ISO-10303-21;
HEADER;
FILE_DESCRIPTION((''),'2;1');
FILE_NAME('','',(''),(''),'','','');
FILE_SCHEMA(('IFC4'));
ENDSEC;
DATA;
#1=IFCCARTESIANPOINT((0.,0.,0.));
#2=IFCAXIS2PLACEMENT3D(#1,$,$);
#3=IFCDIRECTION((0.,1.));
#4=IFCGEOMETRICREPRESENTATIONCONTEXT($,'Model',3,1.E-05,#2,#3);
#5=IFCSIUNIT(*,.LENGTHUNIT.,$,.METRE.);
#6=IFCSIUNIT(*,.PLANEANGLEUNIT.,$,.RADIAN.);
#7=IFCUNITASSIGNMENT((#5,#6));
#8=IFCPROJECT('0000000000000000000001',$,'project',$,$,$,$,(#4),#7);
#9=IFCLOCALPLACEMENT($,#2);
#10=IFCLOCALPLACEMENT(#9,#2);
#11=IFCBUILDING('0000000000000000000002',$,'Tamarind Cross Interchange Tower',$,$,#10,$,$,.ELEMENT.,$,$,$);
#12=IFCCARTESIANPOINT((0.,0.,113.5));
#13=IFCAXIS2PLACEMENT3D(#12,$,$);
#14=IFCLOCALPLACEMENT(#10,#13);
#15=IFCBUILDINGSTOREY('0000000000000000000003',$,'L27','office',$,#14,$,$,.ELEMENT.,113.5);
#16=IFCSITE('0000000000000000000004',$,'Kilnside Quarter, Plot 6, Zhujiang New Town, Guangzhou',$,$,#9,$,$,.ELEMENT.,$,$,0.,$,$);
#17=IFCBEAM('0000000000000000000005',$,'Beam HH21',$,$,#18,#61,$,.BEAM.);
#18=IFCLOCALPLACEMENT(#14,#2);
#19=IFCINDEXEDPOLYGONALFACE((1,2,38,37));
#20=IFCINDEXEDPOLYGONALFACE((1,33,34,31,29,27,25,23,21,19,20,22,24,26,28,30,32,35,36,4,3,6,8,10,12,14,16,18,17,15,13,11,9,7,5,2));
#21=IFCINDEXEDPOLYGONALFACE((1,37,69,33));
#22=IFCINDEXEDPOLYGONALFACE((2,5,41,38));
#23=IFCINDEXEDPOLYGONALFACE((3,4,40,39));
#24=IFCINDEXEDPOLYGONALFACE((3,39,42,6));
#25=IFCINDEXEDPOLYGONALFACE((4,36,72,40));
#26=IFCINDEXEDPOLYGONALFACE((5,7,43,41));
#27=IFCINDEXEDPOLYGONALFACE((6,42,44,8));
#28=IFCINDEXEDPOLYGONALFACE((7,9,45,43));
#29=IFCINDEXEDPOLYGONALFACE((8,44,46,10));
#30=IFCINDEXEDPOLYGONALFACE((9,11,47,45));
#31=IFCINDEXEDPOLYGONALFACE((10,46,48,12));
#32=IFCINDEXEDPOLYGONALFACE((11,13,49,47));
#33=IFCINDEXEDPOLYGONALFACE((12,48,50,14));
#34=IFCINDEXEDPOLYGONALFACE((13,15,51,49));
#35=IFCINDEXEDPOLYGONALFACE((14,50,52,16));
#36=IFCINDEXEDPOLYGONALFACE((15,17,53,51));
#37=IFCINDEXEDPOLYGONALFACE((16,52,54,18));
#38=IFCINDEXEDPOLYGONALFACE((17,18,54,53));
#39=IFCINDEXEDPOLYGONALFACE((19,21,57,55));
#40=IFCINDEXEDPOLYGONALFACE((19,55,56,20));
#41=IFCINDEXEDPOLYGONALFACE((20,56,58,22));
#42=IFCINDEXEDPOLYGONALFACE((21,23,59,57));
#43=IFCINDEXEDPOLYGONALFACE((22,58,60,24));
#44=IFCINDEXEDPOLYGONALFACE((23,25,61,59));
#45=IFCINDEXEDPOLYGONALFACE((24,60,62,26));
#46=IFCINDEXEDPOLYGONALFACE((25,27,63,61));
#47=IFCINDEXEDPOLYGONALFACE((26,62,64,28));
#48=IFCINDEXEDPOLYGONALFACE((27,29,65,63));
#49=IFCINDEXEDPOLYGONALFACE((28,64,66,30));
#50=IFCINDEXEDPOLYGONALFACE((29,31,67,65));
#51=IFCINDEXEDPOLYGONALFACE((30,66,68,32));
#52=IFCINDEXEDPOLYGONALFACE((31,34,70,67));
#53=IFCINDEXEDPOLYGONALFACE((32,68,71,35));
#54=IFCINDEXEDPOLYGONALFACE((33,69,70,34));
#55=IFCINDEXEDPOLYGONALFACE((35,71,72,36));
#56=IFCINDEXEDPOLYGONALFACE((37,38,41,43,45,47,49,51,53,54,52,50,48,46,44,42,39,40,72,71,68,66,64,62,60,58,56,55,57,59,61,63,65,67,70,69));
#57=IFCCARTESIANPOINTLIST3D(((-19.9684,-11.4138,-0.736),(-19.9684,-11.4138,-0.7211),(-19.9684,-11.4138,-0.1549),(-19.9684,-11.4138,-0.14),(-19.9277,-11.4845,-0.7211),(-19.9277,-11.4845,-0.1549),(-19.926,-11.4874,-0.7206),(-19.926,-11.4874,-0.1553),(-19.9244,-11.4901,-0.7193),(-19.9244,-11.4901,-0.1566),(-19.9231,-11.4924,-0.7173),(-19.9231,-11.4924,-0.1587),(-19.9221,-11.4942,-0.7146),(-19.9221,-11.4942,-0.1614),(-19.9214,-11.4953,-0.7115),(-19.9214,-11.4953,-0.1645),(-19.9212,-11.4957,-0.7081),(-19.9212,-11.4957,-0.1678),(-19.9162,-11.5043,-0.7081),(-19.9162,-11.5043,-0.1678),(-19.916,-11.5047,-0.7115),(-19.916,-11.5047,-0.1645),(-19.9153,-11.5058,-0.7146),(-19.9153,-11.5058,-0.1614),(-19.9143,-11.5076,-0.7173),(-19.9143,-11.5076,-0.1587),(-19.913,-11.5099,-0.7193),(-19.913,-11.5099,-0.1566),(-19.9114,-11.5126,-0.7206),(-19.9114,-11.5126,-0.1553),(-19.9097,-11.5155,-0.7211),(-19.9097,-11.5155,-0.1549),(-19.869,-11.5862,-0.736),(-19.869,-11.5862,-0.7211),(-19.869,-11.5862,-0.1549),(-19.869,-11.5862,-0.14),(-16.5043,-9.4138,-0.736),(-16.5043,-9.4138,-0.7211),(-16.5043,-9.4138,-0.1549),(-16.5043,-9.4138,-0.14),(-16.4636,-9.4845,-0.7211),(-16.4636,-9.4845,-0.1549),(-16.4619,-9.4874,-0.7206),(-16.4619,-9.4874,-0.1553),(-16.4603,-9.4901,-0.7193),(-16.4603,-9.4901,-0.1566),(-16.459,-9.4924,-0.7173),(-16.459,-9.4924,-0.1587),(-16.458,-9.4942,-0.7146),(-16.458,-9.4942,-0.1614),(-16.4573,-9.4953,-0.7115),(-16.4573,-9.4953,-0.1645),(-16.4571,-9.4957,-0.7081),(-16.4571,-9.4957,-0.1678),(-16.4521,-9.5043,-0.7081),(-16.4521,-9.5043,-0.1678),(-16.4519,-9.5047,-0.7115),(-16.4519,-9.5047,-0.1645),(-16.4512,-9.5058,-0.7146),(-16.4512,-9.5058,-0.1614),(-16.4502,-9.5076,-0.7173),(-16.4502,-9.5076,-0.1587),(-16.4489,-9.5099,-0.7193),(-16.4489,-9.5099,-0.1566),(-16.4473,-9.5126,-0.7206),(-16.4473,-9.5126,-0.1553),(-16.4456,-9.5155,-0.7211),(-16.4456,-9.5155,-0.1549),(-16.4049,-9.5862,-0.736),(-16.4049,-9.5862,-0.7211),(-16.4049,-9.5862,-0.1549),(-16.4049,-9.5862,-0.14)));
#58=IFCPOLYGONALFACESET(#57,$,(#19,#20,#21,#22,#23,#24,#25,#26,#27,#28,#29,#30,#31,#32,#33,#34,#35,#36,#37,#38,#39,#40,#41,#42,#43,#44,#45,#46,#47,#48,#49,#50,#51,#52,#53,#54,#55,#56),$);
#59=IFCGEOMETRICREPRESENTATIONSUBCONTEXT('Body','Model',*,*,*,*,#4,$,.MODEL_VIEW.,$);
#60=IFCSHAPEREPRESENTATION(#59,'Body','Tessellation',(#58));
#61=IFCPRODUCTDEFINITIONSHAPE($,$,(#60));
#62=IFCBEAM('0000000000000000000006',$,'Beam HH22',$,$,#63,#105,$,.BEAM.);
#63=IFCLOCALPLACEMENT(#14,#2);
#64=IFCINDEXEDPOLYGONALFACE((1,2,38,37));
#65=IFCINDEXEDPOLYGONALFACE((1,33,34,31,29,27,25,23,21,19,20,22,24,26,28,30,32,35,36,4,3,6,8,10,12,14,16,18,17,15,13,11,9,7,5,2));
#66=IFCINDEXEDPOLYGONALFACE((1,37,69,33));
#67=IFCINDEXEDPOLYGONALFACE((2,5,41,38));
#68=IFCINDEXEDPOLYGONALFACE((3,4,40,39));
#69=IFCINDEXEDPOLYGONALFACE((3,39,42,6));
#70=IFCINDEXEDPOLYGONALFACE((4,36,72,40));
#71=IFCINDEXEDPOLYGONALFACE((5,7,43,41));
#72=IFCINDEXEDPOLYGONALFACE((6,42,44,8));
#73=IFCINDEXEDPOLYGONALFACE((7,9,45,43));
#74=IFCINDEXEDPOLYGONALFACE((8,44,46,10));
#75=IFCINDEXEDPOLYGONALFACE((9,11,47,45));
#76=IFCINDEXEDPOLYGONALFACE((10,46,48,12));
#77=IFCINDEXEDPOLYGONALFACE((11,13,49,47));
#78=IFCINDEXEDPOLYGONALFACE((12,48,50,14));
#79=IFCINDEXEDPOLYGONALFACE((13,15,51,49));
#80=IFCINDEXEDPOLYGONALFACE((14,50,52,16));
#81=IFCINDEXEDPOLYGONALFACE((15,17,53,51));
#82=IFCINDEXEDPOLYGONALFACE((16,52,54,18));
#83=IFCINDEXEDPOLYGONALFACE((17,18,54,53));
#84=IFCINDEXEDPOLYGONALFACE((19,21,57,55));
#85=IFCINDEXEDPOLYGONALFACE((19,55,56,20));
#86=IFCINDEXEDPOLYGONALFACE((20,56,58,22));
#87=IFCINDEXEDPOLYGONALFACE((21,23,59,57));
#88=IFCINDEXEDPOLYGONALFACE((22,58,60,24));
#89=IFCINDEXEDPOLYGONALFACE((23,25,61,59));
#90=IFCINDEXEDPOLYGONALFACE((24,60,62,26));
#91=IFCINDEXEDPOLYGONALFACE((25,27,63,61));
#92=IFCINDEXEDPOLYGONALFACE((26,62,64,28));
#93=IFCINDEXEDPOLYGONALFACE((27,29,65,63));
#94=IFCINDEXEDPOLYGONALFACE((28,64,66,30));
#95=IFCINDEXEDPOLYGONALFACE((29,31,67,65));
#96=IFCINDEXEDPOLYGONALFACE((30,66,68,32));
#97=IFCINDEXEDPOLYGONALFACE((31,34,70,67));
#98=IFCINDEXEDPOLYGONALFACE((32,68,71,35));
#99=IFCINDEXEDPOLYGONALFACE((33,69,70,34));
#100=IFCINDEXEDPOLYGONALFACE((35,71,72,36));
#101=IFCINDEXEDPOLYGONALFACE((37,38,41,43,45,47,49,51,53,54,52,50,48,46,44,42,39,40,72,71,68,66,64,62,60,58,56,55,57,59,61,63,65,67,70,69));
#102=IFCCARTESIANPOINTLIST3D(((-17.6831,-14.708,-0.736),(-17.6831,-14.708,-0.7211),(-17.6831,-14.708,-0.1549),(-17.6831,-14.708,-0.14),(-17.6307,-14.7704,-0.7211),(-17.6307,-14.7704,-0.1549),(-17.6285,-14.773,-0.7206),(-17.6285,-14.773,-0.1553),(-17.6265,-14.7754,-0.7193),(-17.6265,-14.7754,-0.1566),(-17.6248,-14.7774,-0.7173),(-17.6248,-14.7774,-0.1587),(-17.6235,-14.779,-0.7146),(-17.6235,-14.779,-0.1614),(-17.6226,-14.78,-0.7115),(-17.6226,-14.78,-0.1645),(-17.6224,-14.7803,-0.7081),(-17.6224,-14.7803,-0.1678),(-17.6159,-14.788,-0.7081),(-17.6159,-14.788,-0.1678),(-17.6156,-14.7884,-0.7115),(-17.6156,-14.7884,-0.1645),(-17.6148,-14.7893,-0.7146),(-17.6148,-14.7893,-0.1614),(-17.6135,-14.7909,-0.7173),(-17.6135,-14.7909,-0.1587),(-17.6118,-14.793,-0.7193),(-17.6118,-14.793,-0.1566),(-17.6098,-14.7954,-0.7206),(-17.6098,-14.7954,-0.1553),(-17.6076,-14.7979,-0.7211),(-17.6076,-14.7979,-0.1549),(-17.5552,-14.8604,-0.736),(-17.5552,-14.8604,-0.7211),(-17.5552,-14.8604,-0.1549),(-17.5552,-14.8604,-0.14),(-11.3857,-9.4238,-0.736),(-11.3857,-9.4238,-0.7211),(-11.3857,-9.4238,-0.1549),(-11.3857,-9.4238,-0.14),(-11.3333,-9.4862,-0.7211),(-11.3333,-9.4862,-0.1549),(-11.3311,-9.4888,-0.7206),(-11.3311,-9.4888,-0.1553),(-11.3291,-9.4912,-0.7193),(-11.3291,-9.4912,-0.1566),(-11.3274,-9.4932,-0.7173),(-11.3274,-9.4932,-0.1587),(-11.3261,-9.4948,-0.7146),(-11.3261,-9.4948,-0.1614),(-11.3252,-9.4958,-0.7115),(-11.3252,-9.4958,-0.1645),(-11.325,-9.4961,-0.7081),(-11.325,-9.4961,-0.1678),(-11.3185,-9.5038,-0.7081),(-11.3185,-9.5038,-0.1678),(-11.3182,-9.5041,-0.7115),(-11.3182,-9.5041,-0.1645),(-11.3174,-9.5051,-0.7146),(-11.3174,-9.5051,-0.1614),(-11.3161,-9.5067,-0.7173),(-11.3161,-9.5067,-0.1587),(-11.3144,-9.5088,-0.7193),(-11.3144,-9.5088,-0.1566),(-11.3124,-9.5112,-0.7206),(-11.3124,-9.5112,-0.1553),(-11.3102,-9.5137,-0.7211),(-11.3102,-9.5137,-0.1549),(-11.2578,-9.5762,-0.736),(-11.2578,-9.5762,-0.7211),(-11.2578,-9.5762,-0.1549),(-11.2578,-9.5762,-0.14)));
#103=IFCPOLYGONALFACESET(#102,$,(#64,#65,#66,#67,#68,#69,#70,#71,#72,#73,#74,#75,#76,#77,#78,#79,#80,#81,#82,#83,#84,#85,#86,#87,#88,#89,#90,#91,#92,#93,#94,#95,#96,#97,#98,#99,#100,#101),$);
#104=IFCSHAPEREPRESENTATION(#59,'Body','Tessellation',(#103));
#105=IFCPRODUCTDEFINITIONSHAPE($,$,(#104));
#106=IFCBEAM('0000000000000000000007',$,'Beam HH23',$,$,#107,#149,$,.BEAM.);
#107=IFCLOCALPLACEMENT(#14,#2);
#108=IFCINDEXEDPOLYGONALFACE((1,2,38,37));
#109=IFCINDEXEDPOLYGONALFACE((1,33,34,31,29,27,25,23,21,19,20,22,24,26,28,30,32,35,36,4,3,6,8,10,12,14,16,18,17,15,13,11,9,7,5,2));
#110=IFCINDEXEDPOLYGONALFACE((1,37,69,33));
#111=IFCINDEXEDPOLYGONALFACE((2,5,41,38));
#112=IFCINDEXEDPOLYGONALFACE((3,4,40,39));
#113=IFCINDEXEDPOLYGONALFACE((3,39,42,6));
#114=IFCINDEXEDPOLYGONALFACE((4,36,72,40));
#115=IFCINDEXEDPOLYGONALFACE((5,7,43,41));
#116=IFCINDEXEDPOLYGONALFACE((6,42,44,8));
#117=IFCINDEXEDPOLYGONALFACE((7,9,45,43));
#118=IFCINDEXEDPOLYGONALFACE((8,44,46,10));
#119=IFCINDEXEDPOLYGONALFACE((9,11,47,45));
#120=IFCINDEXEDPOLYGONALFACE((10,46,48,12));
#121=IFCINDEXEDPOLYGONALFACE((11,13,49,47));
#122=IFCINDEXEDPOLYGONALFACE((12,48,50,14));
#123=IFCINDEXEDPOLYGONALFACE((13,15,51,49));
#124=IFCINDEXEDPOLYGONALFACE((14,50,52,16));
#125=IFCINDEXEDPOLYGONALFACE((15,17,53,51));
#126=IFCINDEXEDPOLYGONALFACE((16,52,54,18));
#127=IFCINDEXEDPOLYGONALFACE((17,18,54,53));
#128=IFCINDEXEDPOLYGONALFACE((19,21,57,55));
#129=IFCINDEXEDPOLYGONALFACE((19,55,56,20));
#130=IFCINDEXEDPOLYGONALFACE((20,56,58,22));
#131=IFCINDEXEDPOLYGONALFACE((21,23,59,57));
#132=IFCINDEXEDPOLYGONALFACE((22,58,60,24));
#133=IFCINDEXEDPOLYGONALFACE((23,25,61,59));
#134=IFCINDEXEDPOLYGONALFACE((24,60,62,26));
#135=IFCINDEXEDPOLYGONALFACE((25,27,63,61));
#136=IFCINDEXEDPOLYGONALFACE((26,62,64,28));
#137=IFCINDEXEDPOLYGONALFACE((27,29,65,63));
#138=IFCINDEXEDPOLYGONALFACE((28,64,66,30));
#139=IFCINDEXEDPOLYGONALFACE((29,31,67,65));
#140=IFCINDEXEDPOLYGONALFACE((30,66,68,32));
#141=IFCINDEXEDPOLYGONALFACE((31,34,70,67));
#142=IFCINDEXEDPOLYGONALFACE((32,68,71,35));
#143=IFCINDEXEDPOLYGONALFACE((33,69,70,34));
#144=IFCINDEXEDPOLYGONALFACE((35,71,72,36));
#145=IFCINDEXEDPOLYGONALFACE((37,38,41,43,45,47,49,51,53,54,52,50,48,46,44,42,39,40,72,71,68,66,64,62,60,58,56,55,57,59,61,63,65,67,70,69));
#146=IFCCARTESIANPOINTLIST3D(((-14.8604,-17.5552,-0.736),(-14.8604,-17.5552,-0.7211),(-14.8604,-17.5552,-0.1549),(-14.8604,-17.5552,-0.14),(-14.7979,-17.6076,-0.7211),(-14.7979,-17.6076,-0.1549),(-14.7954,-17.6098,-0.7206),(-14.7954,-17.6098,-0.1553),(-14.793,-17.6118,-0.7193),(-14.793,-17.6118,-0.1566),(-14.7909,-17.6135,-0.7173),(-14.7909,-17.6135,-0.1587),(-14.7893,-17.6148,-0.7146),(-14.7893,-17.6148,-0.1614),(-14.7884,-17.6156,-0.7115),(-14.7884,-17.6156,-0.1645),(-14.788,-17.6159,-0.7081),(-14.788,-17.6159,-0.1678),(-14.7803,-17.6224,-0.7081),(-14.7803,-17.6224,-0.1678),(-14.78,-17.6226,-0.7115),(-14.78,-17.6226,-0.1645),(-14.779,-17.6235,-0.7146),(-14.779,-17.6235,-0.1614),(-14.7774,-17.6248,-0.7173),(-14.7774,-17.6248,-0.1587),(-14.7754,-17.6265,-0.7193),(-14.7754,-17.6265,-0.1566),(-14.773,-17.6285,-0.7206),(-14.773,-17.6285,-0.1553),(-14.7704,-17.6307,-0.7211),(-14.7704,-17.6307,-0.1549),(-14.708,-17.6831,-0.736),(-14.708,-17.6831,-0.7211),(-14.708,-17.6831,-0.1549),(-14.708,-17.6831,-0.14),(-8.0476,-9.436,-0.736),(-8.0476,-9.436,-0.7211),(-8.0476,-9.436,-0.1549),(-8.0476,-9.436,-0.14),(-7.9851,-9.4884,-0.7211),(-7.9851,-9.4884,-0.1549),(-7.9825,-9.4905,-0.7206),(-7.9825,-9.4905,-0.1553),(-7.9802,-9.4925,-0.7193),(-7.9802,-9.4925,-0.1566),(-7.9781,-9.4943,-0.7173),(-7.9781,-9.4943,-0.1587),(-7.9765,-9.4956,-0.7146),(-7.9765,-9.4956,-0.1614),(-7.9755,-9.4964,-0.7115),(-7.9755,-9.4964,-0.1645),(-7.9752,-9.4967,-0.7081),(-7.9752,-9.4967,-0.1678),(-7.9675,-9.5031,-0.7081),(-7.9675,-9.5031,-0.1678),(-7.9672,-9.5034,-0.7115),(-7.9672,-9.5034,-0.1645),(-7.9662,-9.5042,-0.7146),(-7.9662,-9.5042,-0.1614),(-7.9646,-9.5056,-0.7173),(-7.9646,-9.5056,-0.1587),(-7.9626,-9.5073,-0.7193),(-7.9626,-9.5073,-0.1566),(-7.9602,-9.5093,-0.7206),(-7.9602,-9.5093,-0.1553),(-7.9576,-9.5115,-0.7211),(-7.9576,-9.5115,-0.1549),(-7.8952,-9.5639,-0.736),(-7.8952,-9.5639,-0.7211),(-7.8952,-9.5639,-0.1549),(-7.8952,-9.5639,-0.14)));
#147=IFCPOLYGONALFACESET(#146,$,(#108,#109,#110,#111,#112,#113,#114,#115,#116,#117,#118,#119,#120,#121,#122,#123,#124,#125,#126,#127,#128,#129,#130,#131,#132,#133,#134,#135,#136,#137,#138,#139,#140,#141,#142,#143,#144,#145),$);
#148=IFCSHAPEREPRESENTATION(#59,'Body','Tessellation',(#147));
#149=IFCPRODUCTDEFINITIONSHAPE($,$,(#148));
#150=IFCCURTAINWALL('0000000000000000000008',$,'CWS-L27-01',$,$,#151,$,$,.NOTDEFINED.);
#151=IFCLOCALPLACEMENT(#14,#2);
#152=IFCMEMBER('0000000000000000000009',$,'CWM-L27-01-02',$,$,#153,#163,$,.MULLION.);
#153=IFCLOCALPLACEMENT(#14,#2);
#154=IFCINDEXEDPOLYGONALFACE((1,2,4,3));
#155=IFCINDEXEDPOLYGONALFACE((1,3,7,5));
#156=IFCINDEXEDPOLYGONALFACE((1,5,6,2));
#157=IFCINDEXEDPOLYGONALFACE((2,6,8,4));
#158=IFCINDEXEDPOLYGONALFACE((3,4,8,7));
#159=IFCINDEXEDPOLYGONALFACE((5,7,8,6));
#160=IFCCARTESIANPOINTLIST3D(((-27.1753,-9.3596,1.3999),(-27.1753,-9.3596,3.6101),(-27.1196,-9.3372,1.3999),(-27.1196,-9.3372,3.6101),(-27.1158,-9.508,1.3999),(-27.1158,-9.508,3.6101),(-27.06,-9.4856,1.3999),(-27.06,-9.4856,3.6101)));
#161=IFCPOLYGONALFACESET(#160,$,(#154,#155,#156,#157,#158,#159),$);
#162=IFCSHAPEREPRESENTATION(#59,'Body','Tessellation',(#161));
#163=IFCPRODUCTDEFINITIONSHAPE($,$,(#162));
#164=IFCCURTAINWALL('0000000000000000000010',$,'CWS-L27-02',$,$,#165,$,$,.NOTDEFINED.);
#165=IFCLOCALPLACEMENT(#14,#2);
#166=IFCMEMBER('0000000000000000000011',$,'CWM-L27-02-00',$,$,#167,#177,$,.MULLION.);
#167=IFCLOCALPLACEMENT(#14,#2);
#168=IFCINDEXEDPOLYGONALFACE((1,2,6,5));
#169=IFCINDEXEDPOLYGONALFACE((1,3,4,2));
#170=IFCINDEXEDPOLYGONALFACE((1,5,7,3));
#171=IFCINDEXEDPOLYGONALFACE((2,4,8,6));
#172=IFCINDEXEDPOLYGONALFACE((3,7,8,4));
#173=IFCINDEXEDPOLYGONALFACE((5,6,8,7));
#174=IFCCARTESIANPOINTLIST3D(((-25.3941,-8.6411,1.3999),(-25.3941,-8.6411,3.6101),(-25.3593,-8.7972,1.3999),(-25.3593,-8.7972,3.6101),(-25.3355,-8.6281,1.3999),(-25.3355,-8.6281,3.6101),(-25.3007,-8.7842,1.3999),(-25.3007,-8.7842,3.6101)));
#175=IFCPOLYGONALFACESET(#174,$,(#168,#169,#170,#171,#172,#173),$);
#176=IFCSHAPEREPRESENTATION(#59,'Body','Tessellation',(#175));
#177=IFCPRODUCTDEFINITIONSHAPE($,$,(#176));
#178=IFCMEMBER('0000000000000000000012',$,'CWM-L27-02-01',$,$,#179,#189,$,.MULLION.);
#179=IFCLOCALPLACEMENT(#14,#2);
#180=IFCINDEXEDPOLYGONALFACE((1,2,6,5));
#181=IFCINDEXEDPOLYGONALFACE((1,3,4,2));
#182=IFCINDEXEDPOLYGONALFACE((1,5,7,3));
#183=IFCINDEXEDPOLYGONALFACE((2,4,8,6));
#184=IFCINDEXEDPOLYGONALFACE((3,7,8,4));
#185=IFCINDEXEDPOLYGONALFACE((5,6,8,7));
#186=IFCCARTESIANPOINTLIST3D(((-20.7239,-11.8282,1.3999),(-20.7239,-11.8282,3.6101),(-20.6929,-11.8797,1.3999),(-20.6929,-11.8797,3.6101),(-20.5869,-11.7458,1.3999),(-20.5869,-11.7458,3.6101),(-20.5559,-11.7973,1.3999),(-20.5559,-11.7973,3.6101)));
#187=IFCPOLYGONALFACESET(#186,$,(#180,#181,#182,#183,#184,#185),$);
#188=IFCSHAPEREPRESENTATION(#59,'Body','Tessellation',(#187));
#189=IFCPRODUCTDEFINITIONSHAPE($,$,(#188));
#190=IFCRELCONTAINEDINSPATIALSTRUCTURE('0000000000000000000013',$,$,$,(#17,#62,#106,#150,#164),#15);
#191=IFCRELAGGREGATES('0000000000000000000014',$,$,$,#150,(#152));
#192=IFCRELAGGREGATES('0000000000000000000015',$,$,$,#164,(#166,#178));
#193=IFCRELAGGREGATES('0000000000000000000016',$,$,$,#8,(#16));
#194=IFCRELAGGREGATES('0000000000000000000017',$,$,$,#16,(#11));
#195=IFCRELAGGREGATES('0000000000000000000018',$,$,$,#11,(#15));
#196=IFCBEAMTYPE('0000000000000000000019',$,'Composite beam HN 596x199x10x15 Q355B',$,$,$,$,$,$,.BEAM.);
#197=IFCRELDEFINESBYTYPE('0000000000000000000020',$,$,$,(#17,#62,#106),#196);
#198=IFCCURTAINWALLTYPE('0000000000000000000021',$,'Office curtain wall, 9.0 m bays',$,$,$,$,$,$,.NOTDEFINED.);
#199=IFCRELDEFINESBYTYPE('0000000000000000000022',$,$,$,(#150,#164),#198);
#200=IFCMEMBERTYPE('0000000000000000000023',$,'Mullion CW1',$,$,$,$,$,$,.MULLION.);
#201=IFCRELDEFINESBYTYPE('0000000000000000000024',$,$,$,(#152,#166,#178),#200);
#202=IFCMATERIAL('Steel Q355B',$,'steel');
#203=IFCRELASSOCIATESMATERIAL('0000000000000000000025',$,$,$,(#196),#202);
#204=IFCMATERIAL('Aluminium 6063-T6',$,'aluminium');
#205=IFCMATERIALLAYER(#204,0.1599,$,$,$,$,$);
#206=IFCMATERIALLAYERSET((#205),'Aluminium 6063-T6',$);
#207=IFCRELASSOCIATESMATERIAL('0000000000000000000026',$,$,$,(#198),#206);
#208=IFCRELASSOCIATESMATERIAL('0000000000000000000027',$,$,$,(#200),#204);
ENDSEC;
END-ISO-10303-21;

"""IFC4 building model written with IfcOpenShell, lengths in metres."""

from ifc_helpers import new_model, si_unit, direction, frame, origin, origin_2d, place, context, subcontext, project, spatial, rectangle, i_section, extrude, material, layer, layer_set, material_profile, profile_set, type_object, element, aggregate, save


model = new_model("IFC4")

# Units and contexts
model_context = context("Model", 3, precision=1e-05, world=origin(), true_north=direction((0.0, 1.0)))
body_context = subcontext(model_context, "Body", "Model", "MODEL_VIEW")
ifc_project = project(units=[si_unit("LENGTHUNIT", "METRE"), si_unit("PLANEANGLEUNIT", "RADIAN")], contexts=[model_context])

# Site, building, storey
site_placement = place(None, origin())
site = spatial("IfcSite", under=ifc_project, at=site_placement, Name="Kilnside Quarter, Plot 6, Zhujiang New Town, Guangzhou", CompositionType="ELEMENT", RefElevation=0.0)
building_placement = place(site_placement, origin())
building = spatial("IfcBuilding", under=site, at=building_placement, Name="Tamarind Cross Interchange Tower", CompositionType="ELEMENT")
storey_placement = place(building_placement, frame((0.0, 0.0, 113.5)))
storey = spatial("IfcBuildingStorey", under=building, at=storey_placement, Name="L27", Description="office", CompositionType="ELEMENT", Elevation=113.5)

# Beams
ifc_material_1 = material(Name="Steel Q355B", Category="steel")
ifc_material_profile_1 = material_profile(ifc_material_1, i_section(OverallWidth=0.199, OverallDepth=0.5959, WebThickness=0.01, FlangeThickness=0.0149, FilletRadius=0.0129, at=origin_2d()), Name="HN 596x199x10x15")
ifc_profile_set_1 = profile_set([ifc_material_profile_1], Name="Steel Q355B")
beam_type = type_object("IfcBeamType", Name="Composite beam HN 596x199x10x15 Q355B", PredefinedType="BEAM", material=ifc_profile_set_1)
beam_1_placement = place(storey_placement, frame((-19.9187, -11.5, -0.438), z_axis=(0.866026, 0.499999, 0.0), x_axis=(-0.499999, 0.866026, 0.0)))
element("IfcBeam", 1, at=beam_1_placement, inside=storey, type_object=beam_type, Name="Beam HH21", PredefinedType="BEAM", context=body_context, shape_type="SweptSolid", body=[
    extrude(i_section(OverallWidth=0.199, OverallDepth=0.5959, WebThickness=0.01, FlangeThickness=0.0149, FilletRadius=0.0129, at=origin_2d()), origin(), (0.0, 0.0, 1.0), 4.0),
])
beam_2_placement = place(storey_placement, frame((-17.6191, -14.7842, -0.438), z_axis=(0.766041, 0.642792, 0.0), x_axis=(-0.642792, 0.766041, 0.0)))
element("IfcBeam", 2, at=beam_2_placement, inside=storey, type_object=beam_type, Name="Beam HH22", PredefinedType="BEAM", context=body_context, shape_type="SweptSolid", body=[
    extrude(i_section(OverallWidth=0.199, OverallDepth=0.5959, WebThickness=0.01, FlangeThickness=0.0149, FilletRadius=0.0129, at=origin_2d()), origin(), (0.0, 0.0, 1.0), 8.2207),
])
beam_3_placement = place(storey_placement, frame((-14.7842, -17.6191, -0.438), z_axis=(0.642786, 0.766046, 0.0), x_axis=(-0.766046, 0.642786, 0.0)))
element("IfcBeam", 3, at=beam_3_placement, inside=storey, type_object=beam_type, Name="Beam HH23", PredefinedType="BEAM", context=body_context, shape_type="SweptSolid", body=[
    extrude(i_section(OverallWidth=0.199, OverallDepth=0.5959, WebThickness=0.01, FlangeThickness=0.0149, FilletRadius=0.0129, at=origin_2d()), origin(), (0.0, 0.0, 1.0), 10.5989),
])

# Curtain wall, member
ifc_material_2 = material(Name="Aluminium 6063-T6", Category="aluminium")
ifc_layer_1 = layer(ifc_material_2, 0.1599)
ifc_layer_set_1 = layer_set([ifc_layer_1], Name="Aluminium 6063-T6")
curtain_wall_type = type_object("IfcCurtainWallType", Name="Office curtain wall, 9.0 m bays", PredefinedType="NOTDEFINED", material=ifc_layer_set_1)
curtain_wall_1_placement = place(storey_placement, origin())
curtain_wall_1 = element("IfcCurtainWall", 4, at=curtain_wall_1_placement, inside=storey, type_object=curtain_wall_type, Name="CWS-L27-01", PredefinedType="NOTDEFINED")
ifc_material_profile_2 = material_profile(ifc_material_2, rectangle(XDim=0.0601, YDim=0.1599, at=origin_2d()), Name="Mullion CW1")
ifc_profile_set_2 = profile_set([ifc_material_profile_2], Name="Aluminium 6063-T6")
member_type = type_object("IfcMemberType", Name="Mullion CW1", PredefinedType="MULLION", material=ifc_profile_set_2)
member_1_placement = place(storey_placement, frame((-27.1177, -9.4226, 1.3999), z_axis=(0.0, 0.0, 1.0), x_axis=(0.928183, 0.372124, 0.0)))
member_1 = element("IfcMember", 5, at=member_1_placement, type_object=member_type, Name="CWM-L27-01-02", PredefinedType="MULLION", context=body_context, shape_type="SweptSolid", body=[
    extrude(rectangle(XDim=0.0601, YDim=0.1599, at=origin_2d()), origin(), (0.0, 0.0, 1.0), 2.2102),
])
aggregate(curtain_wall_1, [member_1])

# Curtain wall, members
curtain_wall_2_placement = place(storey_placement, origin())
curtain_wall_2 = element("IfcCurtainWall", 6, at=curtain_wall_2_placement, inside=storey, type_object=curtain_wall_type, Name="CWS-L27-02", PredefinedType="NOTDEFINED")
member_2_placement = place(storey_placement, frame((-25.3474, -8.7126, 1.3999), z_axis=(0.0, 0.0, 1.0), x_axis=(0.97608, 0.217413, 0.0)))
member_2 = element("IfcMember", 7, at=member_2_placement, type_object=member_type, Name="CWM-L27-02-00", PredefinedType="MULLION", context=body_context, shape_type="SweptSolid", body=[
    extrude(rectangle(XDim=0.0601, YDim=0.1599, at=origin_2d()), origin(), (0.0, 0.0, 1.0), 2.2102),
])
member_3_placement = place(storey_placement, frame((-20.6399, -11.8127, 1.3999), z_axis=(0.0, 0.0, 1.0), x_axis=(0.515577, -0.856843, 0.0)))
member_3 = element("IfcMember", 8, at=member_3_placement, type_object=member_type, Name="CWM-L27-02-01", PredefinedType="MULLION", context=body_context, shape_type="SweptSolid", body=[
    extrude(rectangle(XDim=0.0601, YDim=0.1599, at=origin_2d()), origin(), (0.0, 0.0, 1.0), 2.2102),
])
aggregate(curtain_wall_2, [member_2, member_3])

save(model, "model.ifc")
